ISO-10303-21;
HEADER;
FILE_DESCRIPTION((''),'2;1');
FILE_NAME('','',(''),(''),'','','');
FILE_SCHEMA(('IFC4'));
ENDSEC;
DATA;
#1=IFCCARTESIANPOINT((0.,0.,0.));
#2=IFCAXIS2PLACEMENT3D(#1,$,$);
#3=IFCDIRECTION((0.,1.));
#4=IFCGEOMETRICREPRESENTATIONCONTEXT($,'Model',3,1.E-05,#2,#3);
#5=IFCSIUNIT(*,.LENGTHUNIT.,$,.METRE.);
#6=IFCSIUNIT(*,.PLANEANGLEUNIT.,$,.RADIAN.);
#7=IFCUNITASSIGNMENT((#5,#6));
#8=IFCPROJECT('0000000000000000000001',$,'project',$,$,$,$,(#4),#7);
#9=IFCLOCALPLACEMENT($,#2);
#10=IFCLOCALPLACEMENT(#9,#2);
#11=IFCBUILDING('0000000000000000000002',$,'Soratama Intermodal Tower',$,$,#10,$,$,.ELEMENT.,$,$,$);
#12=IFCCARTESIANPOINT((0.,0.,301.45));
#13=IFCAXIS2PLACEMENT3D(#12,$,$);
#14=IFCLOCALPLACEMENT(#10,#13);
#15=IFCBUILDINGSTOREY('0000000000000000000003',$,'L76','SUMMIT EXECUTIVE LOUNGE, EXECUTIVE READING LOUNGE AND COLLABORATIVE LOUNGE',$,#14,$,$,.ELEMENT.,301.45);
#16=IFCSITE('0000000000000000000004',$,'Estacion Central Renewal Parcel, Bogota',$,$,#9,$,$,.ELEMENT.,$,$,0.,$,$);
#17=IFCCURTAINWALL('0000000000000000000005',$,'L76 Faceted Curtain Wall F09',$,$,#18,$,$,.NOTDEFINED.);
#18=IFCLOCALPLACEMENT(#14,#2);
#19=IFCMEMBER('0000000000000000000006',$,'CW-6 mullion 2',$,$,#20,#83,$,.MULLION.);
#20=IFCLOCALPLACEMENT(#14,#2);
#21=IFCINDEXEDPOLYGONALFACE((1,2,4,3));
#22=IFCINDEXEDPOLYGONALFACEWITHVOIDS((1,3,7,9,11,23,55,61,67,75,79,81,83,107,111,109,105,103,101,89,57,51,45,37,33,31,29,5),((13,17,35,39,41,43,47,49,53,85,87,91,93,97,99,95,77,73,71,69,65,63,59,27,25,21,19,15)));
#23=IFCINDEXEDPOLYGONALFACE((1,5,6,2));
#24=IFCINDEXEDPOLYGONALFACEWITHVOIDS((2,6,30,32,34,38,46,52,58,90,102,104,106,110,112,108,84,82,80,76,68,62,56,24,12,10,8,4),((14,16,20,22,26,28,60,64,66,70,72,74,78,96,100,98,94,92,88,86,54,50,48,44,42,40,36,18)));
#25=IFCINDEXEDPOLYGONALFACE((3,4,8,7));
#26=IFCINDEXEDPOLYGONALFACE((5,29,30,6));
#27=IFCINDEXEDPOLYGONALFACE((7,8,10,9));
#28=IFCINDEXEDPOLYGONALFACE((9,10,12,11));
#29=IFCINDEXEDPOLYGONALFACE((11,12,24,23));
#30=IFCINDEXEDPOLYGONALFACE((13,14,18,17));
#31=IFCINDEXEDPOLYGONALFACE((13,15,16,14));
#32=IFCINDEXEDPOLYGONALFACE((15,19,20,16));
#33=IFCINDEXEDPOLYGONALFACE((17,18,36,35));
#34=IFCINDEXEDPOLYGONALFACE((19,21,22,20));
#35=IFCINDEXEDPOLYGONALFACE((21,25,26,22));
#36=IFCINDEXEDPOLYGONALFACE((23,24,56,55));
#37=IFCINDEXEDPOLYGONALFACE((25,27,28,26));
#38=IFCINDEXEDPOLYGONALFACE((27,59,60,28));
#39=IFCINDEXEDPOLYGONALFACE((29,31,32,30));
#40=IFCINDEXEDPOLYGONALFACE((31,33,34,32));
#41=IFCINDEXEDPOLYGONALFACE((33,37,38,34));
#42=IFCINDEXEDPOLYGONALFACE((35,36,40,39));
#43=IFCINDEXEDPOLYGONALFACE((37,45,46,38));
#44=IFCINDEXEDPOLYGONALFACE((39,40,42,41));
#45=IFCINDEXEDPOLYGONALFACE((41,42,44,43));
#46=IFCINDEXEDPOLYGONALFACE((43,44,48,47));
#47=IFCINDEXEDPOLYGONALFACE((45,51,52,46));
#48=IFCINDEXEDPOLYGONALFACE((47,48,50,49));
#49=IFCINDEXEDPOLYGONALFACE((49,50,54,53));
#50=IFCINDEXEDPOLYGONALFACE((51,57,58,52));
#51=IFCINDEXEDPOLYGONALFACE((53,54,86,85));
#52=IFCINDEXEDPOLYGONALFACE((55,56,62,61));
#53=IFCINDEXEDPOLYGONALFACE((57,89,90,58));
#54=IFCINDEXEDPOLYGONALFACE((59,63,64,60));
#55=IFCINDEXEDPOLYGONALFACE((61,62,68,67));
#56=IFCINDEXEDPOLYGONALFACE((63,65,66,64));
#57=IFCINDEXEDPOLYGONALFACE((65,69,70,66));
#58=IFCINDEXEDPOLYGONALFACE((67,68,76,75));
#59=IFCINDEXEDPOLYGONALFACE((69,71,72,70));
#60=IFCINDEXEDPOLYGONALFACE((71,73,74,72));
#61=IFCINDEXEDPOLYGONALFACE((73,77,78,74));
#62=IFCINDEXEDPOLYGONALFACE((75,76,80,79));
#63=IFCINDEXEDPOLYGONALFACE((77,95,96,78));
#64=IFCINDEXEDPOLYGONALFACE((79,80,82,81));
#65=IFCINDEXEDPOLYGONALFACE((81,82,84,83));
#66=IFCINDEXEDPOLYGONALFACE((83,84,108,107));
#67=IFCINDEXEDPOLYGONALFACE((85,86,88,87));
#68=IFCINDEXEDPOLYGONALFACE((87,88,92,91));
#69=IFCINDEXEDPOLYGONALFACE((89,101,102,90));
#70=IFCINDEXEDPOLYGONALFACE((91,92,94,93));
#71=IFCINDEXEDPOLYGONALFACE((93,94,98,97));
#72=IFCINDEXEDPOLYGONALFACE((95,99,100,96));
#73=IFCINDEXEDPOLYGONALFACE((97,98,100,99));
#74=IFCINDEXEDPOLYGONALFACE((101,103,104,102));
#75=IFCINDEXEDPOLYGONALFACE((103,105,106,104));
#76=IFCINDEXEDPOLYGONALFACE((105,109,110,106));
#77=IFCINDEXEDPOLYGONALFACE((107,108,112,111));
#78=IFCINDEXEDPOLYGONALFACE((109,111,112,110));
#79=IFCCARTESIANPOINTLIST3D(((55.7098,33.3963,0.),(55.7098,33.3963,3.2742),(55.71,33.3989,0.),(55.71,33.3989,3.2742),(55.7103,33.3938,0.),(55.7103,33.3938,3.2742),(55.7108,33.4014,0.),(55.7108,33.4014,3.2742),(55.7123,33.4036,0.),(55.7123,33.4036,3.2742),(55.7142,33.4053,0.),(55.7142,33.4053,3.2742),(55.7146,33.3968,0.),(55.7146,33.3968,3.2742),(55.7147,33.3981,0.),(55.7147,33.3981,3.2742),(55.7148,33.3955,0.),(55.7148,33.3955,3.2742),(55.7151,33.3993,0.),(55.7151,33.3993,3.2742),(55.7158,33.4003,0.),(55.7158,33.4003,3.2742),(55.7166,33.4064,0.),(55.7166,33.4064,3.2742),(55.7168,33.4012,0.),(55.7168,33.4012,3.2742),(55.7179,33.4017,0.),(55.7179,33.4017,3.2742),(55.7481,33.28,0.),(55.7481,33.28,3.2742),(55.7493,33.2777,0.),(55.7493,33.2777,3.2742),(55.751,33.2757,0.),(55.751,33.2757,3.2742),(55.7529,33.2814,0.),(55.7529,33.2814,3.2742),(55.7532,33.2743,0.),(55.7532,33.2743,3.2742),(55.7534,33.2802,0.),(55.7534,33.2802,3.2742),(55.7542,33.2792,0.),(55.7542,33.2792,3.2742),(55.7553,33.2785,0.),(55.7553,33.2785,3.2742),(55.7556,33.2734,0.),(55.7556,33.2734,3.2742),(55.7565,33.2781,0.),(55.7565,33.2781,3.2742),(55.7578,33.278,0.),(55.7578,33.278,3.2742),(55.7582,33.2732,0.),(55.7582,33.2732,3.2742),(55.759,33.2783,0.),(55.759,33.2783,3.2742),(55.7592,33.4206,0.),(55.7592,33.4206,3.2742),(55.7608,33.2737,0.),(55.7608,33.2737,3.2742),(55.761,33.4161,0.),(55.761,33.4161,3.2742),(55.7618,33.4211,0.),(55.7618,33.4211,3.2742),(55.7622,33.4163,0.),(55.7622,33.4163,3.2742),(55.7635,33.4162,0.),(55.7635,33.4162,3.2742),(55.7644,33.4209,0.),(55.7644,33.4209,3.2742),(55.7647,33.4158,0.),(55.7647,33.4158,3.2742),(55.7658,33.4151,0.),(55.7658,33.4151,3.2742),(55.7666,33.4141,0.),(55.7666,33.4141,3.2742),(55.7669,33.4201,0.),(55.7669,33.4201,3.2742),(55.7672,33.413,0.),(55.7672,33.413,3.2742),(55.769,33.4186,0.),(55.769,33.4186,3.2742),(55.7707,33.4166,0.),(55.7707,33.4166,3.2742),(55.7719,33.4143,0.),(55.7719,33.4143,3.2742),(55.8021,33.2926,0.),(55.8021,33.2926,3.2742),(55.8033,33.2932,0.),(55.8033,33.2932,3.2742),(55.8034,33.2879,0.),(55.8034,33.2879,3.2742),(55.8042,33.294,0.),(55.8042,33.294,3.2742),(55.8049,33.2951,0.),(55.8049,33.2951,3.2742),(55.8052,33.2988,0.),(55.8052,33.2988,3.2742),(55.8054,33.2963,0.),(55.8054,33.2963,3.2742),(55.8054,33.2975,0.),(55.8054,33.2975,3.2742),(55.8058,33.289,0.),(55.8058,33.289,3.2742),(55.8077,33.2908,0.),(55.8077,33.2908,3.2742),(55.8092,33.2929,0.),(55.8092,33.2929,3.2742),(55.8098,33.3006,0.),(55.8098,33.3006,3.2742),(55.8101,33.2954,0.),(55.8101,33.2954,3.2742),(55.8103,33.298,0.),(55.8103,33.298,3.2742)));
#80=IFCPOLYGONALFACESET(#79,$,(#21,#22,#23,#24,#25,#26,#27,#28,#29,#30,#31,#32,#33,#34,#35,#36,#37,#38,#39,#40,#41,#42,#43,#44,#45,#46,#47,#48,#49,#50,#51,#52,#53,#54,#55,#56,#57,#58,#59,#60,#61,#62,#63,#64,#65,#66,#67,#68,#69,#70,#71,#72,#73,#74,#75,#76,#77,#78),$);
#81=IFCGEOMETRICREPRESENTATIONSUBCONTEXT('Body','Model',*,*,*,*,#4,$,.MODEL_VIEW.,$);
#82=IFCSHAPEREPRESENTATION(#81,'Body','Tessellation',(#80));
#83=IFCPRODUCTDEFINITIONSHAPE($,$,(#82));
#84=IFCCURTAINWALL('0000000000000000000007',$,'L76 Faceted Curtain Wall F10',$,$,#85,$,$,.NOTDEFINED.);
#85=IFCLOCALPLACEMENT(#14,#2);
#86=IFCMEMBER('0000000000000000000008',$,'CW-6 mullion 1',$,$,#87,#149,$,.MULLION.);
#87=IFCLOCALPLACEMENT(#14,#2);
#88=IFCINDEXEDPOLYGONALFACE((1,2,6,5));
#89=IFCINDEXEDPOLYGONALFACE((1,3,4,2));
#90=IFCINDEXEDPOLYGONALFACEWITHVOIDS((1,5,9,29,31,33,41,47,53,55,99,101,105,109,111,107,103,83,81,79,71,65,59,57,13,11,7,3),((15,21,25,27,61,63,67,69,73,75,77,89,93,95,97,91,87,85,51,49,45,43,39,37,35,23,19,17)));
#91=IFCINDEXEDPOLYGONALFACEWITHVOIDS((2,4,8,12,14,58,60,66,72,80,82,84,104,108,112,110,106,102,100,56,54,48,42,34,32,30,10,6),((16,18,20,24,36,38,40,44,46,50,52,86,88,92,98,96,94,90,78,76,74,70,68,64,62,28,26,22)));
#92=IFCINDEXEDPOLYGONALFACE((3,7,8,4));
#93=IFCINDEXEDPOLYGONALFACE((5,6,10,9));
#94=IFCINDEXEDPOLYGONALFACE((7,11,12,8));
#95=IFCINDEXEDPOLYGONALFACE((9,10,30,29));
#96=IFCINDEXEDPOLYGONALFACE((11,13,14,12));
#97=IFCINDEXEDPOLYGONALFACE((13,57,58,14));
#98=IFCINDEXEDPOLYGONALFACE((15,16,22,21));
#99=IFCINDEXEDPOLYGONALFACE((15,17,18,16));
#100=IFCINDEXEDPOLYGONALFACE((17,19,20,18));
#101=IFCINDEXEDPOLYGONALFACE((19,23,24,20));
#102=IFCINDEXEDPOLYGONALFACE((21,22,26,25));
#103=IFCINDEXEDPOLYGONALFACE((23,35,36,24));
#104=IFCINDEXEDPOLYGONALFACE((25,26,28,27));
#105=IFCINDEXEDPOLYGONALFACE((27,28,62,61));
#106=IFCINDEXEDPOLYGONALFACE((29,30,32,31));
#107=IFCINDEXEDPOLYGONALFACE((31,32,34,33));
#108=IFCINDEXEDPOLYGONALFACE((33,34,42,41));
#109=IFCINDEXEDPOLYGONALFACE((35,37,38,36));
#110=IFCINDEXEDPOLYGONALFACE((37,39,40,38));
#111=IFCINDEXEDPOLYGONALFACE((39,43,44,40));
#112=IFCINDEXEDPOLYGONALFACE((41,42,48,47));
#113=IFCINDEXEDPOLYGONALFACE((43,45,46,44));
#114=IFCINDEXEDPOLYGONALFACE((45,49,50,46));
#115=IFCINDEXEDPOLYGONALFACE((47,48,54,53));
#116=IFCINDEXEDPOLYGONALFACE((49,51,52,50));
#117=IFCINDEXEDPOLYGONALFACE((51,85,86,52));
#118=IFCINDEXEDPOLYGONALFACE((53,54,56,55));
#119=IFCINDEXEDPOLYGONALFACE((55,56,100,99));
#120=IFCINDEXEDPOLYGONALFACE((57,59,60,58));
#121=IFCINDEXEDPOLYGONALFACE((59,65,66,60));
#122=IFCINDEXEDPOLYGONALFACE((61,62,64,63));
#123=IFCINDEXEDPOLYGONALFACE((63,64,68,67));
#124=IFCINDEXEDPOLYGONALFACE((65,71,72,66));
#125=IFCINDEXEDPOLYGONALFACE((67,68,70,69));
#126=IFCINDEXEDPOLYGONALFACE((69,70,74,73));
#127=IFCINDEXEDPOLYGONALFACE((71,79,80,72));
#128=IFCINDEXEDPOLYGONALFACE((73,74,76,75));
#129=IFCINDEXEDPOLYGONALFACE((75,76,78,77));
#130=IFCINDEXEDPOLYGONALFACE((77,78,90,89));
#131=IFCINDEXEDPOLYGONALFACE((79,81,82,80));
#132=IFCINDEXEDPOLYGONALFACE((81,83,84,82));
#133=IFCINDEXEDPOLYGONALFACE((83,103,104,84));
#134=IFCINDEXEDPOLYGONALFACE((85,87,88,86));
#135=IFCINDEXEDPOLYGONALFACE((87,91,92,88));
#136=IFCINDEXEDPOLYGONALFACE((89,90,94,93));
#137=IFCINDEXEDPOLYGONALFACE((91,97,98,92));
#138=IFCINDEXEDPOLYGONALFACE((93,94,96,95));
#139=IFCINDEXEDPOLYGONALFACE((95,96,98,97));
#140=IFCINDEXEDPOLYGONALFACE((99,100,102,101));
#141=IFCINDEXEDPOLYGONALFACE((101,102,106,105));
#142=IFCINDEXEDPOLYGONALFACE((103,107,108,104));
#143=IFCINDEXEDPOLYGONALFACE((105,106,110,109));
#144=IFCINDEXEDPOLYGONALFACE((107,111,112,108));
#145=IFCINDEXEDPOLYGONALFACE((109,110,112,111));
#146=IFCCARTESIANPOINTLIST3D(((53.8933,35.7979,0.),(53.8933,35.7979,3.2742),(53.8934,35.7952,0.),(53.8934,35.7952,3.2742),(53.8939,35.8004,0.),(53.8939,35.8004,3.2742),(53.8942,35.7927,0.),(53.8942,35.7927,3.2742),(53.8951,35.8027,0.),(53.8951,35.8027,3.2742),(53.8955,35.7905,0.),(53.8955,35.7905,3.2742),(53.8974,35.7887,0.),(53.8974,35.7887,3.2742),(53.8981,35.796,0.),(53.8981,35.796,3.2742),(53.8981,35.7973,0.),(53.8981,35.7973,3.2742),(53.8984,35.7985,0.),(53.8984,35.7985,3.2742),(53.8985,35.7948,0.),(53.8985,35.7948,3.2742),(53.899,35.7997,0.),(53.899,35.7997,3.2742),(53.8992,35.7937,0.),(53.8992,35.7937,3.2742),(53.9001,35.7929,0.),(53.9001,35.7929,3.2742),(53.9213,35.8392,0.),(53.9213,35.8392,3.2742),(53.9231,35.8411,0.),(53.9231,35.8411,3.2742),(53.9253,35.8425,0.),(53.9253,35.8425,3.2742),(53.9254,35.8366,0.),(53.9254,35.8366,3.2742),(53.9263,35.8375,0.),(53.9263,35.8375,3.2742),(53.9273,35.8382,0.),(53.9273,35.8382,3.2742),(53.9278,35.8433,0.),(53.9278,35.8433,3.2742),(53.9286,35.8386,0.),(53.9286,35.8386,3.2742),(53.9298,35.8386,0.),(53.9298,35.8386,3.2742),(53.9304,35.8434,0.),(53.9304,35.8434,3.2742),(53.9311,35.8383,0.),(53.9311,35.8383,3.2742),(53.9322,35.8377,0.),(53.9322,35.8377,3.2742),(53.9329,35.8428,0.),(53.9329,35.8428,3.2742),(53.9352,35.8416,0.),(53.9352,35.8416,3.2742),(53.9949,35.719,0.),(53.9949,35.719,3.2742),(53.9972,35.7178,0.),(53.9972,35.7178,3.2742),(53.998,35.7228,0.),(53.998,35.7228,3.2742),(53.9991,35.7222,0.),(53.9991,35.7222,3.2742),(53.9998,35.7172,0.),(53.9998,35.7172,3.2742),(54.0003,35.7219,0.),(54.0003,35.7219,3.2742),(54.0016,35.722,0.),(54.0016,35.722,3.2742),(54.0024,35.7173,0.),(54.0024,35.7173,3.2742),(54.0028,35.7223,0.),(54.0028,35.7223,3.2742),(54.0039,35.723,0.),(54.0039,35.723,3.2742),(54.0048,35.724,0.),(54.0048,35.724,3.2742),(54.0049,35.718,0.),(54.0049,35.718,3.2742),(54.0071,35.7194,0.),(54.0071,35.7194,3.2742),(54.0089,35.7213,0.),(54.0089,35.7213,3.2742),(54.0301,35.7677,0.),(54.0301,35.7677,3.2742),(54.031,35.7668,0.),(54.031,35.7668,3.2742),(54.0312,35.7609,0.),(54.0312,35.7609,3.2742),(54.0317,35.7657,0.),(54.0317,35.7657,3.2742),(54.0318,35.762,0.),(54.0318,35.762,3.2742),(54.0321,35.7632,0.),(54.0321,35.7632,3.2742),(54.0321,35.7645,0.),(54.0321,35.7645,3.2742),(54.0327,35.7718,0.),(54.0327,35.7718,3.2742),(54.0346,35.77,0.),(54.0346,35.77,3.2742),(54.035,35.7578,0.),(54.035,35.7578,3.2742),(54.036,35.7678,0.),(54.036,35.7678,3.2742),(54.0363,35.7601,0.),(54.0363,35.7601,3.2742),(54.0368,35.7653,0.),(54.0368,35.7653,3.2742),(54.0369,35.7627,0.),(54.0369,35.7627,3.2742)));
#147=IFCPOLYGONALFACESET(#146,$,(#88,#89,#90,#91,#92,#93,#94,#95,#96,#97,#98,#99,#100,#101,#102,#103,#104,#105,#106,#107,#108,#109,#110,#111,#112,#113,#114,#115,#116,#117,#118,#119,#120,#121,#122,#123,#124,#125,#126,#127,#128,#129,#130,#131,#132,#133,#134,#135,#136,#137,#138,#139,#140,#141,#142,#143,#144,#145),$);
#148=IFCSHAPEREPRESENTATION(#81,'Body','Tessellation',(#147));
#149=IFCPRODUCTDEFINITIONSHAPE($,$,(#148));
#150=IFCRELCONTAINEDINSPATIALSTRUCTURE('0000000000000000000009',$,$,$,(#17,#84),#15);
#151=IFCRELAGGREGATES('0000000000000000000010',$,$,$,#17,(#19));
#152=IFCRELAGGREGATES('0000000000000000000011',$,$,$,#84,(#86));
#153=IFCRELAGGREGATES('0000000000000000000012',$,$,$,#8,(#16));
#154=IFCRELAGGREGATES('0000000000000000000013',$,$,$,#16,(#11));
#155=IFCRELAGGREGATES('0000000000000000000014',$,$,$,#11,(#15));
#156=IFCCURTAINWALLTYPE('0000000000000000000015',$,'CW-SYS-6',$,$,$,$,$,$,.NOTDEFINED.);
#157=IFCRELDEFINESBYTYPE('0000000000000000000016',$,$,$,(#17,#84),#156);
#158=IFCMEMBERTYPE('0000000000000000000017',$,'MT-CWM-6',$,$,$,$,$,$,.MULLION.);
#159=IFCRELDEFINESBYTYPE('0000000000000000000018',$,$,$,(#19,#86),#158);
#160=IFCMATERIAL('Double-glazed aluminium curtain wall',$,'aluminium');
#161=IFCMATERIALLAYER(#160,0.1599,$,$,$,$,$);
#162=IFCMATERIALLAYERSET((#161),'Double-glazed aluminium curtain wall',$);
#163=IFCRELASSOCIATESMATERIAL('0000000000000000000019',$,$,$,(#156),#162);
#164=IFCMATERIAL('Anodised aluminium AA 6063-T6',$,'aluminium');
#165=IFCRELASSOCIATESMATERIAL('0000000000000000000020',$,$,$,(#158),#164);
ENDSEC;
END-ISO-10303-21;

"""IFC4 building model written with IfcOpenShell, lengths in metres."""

from ifc_helpers import new_model, si_unit, direction, frame, origin, origin_2d, place, context, subcontext, project, spatial, hollow_rectangle, extrude, material, layer, layer_set, material_profile, profile_set, type_object, element, aggregate, save


model = new_model("IFC4")

# Units and contexts
model_context = context("Model", 3, precision=1e-05, world=origin(), true_north=direction((0.0, 1.0)))
body_context = subcontext(model_context, "Body", "Model", "MODEL_VIEW")
ifc_project = project(units=[si_unit("LENGTHUNIT", "METRE"), si_unit("PLANEANGLEUNIT", "RADIAN")], contexts=[model_context])

# Site, building, storey
site_placement = place(None, origin())
site = spatial("IfcSite", under=ifc_project, at=site_placement, Name="Estacion Central Renewal Parcel, Bogota", CompositionType="ELEMENT", RefElevation=0.0)
building_placement = place(site_placement, origin())
building = spatial("IfcBuilding", under=site, at=building_placement, Name="Soratama Intermodal Tower", CompositionType="ELEMENT")
storey_placement = place(building_placement, frame((0.0, 0.0, 301.45)))
storey = spatial("IfcBuildingStorey", under=building, at=storey_placement, Name="L76", Description="SUMMIT EXECUTIVE LOUNGE, EXECUTIVE READING LOUNGE AND COLLABORATIVE LOUNGE", CompositionType="ELEMENT", Elevation=301.45)

# Curtain walls, members
ifc_material_1 = material(Name="Double-glazed aluminium curtain wall", Category="aluminium")
ifc_layer_1 = layer(ifc_material_1, 0.1599)
ifc_layer_set_1 = layer_set([ifc_layer_1], Name="Double-glazed aluminium curtain wall")
curtain_wall_type = type_object("IfcCurtainWallType", Name="CW-SYS-6", PredefinedType="NOTDEFINED", material=ifc_layer_set_1)
curtain_wall_1_placement = place(storey_placement, origin())
curtain_wall_1 = element("IfcCurtainWall", 1, at=curtain_wall_1_placement, inside=storey, type_object=curtain_wall_type, Name="L76 Faceted Curtain Wall F09", PredefinedType="NOTDEFINED")
ifc_material_2 = material(Name="Anodised aluminium AA 6063-T6", Category="aluminium")
ifc_material_profile_1 = material_profile(ifc_material_2, hollow_rectangle(XDim=0.0649, YDim=0.1399, WallThickness=0.0049, InnerFilletRadius=0.0049, OuterFilletRadius=0.01, at=origin_2d()), Name="CWM140X65X5")
ifc_profile_set_1 = profile_set([ifc_material_profile_1], Name="Anodised aluminium AA 6063-T6")
member_type_1 = type_object("IfcMemberType", Name="MT-CWM-6", PredefinedType="MULLION", material=ifc_profile_set_1)
member_1_placement = place(storey_placement, frame((55.76, 33.3472, 0.0), z_axis=(0.0, 0.0, 1.0), x_axis=(-0.948767, -0.315976, 0.0)))
member_1 = element("IfcMember", 2, at=member_1_placement, type_object=member_type_1, Name="CW-6 mullion 2", PredefinedType="MULLION", context=body_context, shape_type="SweptSolid", body=[
    extrude(hollow_rectangle(XDim=0.0649, YDim=0.1399, WallThickness=0.0049, InnerFilletRadius=0.0049, OuterFilletRadius=0.01, at=origin_2d()), origin(), (0.0, 0.0, 1.0), 3.2742),
])
curtain_wall_2_placement = place(storey_placement, origin())
curtain_wall_2 = element("IfcCurtainWall", 3, at=curtain_wall_2_placement, inside=storey, type_object=curtain_wall_type, Name="L76 Faceted Curtain Wall F10", PredefinedType="NOTDEFINED")
member_2_placement = place(storey_placement, frame((53.9651, 35.7803, 0.0), z_axis=(0.0, 0.0, 1.0), x_axis=(-0.581838, -0.813305, 0.0)))
member_2 = element("IfcMember", 4, at=member_2_placement, type_object=member_type_1, Name="CW-6 mullion 1", PredefinedType="MULLION", context=body_context, shape_type="SweptSolid", body=[
    extrude(hollow_rectangle(XDim=0.0649, YDim=0.1399, WallThickness=0.0049, InnerFilletRadius=0.0049, OuterFilletRadius=0.01, at=origin_2d()), origin(), (0.0, 0.0, 1.0), 3.2742),
])

aggregate(curtain_wall_1, [member_1])
aggregate(curtain_wall_2, [member_2])

save(model, "model.ifc")
